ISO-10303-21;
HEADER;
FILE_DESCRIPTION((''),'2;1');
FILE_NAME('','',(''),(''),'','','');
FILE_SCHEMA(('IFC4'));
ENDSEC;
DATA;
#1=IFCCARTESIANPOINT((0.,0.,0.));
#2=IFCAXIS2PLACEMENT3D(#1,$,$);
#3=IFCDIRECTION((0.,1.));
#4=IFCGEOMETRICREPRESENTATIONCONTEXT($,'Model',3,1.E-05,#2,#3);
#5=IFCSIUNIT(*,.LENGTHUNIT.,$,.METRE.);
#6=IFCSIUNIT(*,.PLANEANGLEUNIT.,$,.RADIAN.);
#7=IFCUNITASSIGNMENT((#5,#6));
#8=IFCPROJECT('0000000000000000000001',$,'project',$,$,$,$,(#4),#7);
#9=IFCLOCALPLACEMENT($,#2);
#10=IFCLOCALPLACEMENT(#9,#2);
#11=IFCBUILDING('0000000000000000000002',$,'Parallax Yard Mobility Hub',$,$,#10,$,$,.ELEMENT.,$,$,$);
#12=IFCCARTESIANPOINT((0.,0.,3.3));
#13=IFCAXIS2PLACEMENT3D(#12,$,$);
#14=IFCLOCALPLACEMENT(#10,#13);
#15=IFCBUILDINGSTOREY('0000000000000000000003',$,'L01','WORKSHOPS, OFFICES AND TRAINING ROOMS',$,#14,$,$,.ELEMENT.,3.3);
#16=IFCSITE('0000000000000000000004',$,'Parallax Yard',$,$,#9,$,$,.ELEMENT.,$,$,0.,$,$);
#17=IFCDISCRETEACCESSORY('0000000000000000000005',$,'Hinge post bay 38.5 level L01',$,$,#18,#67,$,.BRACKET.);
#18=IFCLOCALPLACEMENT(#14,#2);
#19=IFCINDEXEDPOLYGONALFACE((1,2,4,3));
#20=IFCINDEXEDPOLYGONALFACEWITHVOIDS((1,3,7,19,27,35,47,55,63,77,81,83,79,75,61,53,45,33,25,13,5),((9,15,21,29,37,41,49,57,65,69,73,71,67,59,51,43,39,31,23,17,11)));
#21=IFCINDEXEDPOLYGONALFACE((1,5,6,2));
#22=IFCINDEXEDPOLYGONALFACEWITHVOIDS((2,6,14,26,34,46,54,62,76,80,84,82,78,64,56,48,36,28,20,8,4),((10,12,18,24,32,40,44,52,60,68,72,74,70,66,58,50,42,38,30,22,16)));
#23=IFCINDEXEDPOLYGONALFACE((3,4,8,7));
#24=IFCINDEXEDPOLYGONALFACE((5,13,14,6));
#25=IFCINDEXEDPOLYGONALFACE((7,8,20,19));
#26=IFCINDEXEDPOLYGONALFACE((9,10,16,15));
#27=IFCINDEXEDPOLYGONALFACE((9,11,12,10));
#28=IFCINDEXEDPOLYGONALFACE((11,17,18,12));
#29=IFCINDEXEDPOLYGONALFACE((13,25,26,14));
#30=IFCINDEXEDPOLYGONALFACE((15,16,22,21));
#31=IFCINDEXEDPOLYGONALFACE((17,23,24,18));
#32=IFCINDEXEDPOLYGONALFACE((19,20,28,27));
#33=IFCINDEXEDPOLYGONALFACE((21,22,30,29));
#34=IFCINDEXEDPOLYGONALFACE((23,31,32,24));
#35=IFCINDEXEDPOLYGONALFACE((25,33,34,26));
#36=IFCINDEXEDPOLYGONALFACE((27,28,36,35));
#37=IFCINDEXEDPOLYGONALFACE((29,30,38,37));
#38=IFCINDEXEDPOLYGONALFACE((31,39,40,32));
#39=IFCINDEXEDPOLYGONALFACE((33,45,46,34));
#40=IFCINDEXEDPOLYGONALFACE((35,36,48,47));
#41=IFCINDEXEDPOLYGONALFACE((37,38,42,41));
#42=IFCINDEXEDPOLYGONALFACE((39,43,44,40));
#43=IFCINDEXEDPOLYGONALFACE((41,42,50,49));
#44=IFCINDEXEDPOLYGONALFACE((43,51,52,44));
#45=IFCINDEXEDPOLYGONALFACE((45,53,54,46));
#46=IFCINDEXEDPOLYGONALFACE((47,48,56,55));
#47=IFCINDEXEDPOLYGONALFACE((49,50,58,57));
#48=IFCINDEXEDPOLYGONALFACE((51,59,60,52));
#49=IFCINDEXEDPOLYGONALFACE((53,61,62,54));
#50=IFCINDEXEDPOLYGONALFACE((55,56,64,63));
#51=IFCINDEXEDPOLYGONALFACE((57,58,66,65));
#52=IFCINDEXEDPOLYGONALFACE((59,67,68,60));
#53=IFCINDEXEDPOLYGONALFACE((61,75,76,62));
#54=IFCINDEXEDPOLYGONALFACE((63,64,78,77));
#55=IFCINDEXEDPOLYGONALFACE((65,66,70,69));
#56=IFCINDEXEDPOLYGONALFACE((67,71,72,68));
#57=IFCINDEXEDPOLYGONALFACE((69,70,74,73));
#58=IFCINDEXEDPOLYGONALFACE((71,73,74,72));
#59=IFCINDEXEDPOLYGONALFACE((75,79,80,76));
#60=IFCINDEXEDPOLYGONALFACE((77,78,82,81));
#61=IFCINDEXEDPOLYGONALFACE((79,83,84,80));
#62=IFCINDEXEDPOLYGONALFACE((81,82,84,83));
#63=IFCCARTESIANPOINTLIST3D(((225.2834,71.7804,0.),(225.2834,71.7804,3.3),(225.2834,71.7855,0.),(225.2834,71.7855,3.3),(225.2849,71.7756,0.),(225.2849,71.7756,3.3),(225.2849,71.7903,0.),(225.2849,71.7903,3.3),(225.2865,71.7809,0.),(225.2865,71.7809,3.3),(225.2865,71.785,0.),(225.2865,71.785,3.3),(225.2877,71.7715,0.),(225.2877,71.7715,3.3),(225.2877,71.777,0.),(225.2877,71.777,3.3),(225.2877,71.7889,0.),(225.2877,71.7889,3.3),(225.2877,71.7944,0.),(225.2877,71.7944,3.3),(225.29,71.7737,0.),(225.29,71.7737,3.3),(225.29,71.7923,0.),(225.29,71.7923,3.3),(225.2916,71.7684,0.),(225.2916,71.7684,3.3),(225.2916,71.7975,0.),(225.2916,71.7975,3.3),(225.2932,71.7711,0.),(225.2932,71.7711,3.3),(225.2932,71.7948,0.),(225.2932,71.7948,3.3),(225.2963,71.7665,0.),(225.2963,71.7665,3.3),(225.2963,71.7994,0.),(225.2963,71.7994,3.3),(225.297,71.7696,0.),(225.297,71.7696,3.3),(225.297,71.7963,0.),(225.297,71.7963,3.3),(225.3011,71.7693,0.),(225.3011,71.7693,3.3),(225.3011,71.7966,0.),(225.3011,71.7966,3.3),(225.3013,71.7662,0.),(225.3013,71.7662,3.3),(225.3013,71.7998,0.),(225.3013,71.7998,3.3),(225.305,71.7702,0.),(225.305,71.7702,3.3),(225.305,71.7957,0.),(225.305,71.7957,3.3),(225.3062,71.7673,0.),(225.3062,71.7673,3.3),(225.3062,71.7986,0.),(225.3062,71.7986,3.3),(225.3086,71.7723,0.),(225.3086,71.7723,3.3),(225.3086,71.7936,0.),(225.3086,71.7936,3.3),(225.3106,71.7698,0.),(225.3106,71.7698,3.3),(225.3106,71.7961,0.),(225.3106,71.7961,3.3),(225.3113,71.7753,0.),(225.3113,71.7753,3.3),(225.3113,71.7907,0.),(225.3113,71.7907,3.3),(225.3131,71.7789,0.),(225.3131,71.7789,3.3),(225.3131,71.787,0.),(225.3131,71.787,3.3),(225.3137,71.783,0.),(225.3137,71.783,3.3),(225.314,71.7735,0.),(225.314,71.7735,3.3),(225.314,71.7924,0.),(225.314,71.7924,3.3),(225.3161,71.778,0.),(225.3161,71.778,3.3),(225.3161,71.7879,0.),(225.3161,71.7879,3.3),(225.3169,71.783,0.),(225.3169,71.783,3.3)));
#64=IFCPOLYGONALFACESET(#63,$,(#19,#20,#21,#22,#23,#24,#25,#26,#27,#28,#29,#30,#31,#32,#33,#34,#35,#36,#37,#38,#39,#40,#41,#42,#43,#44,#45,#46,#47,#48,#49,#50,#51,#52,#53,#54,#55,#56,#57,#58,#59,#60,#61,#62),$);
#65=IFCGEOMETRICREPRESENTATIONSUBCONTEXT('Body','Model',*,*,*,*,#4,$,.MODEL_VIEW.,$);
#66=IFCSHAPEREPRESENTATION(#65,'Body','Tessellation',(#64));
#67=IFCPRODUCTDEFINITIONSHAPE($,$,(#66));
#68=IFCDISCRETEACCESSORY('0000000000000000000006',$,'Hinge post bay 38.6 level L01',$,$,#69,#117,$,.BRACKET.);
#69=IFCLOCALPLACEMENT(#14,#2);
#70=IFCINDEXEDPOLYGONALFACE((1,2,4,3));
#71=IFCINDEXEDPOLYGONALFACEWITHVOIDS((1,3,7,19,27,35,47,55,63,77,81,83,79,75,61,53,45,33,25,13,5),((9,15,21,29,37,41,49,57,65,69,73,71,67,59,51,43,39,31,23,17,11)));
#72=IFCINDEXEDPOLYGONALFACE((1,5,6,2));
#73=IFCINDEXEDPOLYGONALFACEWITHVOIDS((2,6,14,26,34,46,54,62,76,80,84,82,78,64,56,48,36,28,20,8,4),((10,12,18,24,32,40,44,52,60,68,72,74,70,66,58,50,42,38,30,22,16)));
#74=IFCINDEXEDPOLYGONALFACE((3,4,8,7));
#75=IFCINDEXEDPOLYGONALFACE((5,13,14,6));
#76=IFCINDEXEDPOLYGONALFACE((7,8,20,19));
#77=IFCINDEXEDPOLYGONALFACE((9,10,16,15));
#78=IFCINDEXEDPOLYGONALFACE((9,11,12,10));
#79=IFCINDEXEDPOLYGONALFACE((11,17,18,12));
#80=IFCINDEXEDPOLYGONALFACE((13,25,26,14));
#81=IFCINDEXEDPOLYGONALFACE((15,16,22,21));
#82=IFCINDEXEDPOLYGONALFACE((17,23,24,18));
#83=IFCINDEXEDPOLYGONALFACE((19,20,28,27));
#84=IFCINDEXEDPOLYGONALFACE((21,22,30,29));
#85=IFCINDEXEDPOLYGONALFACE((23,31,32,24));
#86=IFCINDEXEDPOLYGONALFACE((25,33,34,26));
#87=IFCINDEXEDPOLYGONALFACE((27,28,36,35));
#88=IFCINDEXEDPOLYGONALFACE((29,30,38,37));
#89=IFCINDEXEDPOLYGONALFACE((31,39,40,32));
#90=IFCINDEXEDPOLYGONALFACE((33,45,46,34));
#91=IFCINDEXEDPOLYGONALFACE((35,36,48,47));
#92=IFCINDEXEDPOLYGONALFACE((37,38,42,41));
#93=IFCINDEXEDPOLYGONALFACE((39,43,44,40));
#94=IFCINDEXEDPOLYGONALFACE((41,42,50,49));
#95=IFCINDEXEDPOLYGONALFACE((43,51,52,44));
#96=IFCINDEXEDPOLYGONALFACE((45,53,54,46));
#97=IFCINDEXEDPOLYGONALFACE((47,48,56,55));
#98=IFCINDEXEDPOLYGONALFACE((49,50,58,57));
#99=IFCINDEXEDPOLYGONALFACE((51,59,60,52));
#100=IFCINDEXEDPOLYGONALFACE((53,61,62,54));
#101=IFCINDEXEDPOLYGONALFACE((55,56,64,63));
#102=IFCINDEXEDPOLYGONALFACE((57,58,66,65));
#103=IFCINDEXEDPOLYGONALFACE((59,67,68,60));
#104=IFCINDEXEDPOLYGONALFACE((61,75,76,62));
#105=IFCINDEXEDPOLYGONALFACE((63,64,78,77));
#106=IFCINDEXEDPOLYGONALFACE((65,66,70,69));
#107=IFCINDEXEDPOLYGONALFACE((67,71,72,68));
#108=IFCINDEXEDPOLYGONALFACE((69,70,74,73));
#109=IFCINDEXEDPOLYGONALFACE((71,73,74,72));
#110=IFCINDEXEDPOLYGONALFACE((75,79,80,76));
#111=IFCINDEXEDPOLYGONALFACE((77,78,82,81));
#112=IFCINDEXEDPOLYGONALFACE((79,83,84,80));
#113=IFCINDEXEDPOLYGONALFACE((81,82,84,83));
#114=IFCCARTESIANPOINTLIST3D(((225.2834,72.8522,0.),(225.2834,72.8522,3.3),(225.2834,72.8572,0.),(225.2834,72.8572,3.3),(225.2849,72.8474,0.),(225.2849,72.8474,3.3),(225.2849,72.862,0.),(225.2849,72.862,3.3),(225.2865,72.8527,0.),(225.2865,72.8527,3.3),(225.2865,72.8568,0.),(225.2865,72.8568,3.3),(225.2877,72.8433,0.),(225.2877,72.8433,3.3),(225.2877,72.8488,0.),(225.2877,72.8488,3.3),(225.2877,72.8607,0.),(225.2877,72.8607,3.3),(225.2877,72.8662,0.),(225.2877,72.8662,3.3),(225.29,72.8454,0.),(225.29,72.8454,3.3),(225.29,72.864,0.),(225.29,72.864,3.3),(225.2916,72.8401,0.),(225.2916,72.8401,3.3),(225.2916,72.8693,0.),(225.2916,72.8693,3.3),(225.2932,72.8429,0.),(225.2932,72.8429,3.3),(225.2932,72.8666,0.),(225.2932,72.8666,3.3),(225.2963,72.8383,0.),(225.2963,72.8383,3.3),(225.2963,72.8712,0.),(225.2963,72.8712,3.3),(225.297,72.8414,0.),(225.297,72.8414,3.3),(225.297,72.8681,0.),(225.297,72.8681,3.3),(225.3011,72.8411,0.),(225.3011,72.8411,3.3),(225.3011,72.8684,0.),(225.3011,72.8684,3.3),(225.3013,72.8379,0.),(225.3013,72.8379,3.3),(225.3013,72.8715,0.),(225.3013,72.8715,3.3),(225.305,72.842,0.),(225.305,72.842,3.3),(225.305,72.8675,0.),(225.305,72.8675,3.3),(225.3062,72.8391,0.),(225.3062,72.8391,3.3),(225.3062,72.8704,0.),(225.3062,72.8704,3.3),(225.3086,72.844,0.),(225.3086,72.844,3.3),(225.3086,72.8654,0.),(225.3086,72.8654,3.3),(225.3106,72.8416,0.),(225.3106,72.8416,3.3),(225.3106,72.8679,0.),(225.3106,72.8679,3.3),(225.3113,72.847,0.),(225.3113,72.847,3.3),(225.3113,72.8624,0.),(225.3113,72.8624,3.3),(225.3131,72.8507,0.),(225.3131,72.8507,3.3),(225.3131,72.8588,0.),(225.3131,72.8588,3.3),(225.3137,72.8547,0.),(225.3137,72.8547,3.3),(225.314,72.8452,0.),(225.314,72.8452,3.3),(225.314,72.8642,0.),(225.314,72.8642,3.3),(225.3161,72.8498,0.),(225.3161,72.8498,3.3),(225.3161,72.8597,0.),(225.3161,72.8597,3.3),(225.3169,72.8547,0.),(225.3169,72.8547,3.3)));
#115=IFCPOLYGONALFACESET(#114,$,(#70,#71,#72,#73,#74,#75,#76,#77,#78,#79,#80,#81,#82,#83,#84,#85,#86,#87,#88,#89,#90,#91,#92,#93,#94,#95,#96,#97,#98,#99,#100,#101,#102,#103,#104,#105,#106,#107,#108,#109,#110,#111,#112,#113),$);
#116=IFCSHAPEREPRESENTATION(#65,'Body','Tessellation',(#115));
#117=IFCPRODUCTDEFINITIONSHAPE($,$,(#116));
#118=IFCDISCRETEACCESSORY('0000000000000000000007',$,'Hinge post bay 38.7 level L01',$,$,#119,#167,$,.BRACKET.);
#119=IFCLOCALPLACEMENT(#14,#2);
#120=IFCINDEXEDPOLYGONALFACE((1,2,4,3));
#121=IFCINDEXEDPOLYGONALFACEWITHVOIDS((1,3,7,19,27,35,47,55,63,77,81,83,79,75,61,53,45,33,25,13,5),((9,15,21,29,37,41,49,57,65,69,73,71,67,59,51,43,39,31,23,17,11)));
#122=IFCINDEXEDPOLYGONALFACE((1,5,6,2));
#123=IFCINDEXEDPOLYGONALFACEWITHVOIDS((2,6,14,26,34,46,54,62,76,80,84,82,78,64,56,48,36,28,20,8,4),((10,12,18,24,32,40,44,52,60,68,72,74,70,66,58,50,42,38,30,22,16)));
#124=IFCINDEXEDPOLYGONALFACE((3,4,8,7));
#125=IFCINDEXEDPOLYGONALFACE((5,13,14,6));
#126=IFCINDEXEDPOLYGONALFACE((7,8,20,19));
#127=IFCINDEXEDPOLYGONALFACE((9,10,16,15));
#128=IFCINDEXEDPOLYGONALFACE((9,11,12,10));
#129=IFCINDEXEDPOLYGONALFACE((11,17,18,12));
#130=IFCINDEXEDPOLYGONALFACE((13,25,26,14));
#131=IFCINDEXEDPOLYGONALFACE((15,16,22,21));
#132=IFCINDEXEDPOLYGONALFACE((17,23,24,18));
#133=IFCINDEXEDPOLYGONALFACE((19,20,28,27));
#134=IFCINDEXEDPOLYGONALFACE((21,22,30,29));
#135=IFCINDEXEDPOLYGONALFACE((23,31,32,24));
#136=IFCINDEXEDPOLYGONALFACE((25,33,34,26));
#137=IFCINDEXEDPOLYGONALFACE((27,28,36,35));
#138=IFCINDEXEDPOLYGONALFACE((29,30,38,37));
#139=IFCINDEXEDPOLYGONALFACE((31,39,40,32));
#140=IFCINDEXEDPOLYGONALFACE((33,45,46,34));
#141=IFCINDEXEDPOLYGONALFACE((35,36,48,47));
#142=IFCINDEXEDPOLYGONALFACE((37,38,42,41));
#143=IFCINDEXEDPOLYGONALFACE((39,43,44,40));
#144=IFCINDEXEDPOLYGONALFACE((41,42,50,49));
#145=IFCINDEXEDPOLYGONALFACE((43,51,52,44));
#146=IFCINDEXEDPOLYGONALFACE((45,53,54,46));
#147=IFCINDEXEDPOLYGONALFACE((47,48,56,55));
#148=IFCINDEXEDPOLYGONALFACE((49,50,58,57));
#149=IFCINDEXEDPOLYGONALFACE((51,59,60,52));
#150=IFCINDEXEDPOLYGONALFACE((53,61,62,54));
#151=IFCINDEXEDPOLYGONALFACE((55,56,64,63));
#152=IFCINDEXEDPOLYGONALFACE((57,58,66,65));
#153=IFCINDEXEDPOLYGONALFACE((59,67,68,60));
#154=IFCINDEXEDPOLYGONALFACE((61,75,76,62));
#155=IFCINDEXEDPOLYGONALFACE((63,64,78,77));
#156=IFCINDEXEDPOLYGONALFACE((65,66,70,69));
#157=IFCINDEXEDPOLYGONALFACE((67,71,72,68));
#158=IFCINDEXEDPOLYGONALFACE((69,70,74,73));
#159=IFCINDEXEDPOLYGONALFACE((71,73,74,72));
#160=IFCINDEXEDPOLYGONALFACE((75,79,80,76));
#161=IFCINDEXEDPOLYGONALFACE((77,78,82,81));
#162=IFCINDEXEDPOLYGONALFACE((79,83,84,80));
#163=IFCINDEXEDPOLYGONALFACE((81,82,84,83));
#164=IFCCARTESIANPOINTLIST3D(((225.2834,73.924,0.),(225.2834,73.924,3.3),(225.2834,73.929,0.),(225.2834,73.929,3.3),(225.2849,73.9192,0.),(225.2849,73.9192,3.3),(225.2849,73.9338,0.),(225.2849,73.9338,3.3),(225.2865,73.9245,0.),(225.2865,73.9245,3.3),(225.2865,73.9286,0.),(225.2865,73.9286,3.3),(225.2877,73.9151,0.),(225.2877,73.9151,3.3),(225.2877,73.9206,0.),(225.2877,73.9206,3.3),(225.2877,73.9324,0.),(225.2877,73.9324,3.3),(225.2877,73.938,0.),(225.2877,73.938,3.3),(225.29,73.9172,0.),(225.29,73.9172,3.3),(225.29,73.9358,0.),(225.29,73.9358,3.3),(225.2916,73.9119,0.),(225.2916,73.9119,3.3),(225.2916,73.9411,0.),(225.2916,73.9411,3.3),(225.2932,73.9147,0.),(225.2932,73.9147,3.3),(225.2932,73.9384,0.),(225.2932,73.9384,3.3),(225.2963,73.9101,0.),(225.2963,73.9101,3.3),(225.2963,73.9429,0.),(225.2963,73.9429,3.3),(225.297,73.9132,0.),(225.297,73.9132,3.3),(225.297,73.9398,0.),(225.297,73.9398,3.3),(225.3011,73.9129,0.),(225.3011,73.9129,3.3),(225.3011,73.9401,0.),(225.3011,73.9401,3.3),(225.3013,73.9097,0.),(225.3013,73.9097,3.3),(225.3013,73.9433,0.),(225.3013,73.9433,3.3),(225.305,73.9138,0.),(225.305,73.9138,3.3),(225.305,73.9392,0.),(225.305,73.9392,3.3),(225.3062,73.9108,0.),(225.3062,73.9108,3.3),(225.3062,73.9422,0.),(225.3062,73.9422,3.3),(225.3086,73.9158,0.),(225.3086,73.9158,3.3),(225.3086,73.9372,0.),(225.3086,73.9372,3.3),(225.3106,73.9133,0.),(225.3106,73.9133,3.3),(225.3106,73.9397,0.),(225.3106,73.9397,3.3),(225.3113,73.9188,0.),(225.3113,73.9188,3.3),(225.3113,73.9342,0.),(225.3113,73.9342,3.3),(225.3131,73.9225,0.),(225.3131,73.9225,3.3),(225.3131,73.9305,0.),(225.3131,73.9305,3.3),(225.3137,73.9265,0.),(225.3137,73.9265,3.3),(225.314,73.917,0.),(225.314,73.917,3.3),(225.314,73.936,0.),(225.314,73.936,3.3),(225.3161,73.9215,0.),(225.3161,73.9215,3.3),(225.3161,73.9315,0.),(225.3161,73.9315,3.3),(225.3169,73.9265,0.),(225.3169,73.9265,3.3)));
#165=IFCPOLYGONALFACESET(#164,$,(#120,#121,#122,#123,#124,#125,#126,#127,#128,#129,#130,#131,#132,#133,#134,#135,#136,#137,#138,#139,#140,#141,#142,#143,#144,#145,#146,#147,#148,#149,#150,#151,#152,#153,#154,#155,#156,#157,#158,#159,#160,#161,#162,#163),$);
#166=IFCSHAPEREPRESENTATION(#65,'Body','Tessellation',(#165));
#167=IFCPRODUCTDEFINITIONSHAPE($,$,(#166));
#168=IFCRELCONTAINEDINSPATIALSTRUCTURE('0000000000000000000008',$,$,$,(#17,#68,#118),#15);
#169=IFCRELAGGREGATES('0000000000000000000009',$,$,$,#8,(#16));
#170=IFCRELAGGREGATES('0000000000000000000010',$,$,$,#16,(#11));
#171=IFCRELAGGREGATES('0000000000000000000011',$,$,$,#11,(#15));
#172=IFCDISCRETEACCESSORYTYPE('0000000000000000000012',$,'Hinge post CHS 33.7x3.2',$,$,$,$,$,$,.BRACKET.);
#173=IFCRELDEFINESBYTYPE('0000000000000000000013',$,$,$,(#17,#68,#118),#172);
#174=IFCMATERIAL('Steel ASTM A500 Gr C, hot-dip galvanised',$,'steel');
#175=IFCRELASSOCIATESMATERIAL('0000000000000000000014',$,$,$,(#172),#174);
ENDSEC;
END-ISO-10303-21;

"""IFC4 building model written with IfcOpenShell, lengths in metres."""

from ifc_helpers import new_model, si_unit, direction, frame, origin, origin_2d, place, context, subcontext, project, spatial, hollow_circle, extrude, material, material_profile, profile_set, type_object, element, save


model = new_model("IFC4")

# Units and contexts
model_context = context("Model", 3, precision=1e-05, world=origin(), true_north=direction((0.0, 1.0)))
body_context = subcontext(model_context, "Body", "Model", "MODEL_VIEW")
ifc_project = project(units=[si_unit("LENGTHUNIT", "METRE"), si_unit("PLANEANGLEUNIT", "RADIAN")], contexts=[model_context])

# Site, building, storey
site_placement = place(None, origin())
site = spatial("IfcSite", under=ifc_project, at=site_placement, Name="Parallax Yard", CompositionType="ELEMENT", RefElevation=0.0)
building_placement = place(site_placement, origin())
building = spatial("IfcBuilding", under=site, at=building_placement, Name="Parallax Yard Mobility Hub", CompositionType="ELEMENT")
storey_placement = place(building_placement, frame((0.0, 0.0, 3.3)))
storey = spatial("IfcBuildingStorey", under=building, at=storey_placement, Name="L01", Description="WORKSHOPS, OFFICES AND TRAINING ROOMS", CompositionType="ELEMENT", Elevation=3.3)

# Discrete accessories
ifc_material_1 = material(Name="Steel ASTM A500 Gr C, hot-dip galvanised", Category="steel")
ifc_material_profile = material_profile(ifc_material_1, hollow_circle(Radius=0.0168, WallThickness=0.0032, at=origin_2d()), Name="CHS 33.7x3.2")
ifc_profile_set = profile_set([ifc_material_profile], Name="Steel ASTM A500 Gr C, hot-dip galvanised")
discrete_accessory_type = type_object("IfcDiscreteAccessoryType", Name="Hinge post CHS 33.7x3.2", PredefinedType="BRACKET", material=ifc_profile_set)
for number, where, z_axis, x_axis, name in (
    (1, (225.3, 71.783, 0.0), (0.0, 0.0, 1.0), (1.0, 0.0, 0.0), "Hinge post bay 38.5 level L01"),
    (2, (225.3, 72.8547, 0.0), (0.0, 0.0, 1.0), (1.0, 0.0, 0.0), "Hinge post bay 38.6 level L01"),
    (3, (225.3, 73.9265, 0.0), (0.0, 0.0, 1.0), (1.0, 0.0, 0.0), "Hinge post bay 38.7 level L01"),
):
    element("IfcDiscreteAccessory", number, at=place(storey_placement, frame(where, z_axis=z_axis, x_axis=x_axis)), inside=storey, type_object=discrete_accessory_type, Name=name, PredefinedType="BRACKET", context=body_context, shape_type="SweptSolid", body=[
        extrude(hollow_circle(Radius=0.0168, WallThickness=0.0032, at=origin_2d()), origin(), (0.0, 0.0, 1.0), 3.3),
    ])

save(model, "model.ifc")
